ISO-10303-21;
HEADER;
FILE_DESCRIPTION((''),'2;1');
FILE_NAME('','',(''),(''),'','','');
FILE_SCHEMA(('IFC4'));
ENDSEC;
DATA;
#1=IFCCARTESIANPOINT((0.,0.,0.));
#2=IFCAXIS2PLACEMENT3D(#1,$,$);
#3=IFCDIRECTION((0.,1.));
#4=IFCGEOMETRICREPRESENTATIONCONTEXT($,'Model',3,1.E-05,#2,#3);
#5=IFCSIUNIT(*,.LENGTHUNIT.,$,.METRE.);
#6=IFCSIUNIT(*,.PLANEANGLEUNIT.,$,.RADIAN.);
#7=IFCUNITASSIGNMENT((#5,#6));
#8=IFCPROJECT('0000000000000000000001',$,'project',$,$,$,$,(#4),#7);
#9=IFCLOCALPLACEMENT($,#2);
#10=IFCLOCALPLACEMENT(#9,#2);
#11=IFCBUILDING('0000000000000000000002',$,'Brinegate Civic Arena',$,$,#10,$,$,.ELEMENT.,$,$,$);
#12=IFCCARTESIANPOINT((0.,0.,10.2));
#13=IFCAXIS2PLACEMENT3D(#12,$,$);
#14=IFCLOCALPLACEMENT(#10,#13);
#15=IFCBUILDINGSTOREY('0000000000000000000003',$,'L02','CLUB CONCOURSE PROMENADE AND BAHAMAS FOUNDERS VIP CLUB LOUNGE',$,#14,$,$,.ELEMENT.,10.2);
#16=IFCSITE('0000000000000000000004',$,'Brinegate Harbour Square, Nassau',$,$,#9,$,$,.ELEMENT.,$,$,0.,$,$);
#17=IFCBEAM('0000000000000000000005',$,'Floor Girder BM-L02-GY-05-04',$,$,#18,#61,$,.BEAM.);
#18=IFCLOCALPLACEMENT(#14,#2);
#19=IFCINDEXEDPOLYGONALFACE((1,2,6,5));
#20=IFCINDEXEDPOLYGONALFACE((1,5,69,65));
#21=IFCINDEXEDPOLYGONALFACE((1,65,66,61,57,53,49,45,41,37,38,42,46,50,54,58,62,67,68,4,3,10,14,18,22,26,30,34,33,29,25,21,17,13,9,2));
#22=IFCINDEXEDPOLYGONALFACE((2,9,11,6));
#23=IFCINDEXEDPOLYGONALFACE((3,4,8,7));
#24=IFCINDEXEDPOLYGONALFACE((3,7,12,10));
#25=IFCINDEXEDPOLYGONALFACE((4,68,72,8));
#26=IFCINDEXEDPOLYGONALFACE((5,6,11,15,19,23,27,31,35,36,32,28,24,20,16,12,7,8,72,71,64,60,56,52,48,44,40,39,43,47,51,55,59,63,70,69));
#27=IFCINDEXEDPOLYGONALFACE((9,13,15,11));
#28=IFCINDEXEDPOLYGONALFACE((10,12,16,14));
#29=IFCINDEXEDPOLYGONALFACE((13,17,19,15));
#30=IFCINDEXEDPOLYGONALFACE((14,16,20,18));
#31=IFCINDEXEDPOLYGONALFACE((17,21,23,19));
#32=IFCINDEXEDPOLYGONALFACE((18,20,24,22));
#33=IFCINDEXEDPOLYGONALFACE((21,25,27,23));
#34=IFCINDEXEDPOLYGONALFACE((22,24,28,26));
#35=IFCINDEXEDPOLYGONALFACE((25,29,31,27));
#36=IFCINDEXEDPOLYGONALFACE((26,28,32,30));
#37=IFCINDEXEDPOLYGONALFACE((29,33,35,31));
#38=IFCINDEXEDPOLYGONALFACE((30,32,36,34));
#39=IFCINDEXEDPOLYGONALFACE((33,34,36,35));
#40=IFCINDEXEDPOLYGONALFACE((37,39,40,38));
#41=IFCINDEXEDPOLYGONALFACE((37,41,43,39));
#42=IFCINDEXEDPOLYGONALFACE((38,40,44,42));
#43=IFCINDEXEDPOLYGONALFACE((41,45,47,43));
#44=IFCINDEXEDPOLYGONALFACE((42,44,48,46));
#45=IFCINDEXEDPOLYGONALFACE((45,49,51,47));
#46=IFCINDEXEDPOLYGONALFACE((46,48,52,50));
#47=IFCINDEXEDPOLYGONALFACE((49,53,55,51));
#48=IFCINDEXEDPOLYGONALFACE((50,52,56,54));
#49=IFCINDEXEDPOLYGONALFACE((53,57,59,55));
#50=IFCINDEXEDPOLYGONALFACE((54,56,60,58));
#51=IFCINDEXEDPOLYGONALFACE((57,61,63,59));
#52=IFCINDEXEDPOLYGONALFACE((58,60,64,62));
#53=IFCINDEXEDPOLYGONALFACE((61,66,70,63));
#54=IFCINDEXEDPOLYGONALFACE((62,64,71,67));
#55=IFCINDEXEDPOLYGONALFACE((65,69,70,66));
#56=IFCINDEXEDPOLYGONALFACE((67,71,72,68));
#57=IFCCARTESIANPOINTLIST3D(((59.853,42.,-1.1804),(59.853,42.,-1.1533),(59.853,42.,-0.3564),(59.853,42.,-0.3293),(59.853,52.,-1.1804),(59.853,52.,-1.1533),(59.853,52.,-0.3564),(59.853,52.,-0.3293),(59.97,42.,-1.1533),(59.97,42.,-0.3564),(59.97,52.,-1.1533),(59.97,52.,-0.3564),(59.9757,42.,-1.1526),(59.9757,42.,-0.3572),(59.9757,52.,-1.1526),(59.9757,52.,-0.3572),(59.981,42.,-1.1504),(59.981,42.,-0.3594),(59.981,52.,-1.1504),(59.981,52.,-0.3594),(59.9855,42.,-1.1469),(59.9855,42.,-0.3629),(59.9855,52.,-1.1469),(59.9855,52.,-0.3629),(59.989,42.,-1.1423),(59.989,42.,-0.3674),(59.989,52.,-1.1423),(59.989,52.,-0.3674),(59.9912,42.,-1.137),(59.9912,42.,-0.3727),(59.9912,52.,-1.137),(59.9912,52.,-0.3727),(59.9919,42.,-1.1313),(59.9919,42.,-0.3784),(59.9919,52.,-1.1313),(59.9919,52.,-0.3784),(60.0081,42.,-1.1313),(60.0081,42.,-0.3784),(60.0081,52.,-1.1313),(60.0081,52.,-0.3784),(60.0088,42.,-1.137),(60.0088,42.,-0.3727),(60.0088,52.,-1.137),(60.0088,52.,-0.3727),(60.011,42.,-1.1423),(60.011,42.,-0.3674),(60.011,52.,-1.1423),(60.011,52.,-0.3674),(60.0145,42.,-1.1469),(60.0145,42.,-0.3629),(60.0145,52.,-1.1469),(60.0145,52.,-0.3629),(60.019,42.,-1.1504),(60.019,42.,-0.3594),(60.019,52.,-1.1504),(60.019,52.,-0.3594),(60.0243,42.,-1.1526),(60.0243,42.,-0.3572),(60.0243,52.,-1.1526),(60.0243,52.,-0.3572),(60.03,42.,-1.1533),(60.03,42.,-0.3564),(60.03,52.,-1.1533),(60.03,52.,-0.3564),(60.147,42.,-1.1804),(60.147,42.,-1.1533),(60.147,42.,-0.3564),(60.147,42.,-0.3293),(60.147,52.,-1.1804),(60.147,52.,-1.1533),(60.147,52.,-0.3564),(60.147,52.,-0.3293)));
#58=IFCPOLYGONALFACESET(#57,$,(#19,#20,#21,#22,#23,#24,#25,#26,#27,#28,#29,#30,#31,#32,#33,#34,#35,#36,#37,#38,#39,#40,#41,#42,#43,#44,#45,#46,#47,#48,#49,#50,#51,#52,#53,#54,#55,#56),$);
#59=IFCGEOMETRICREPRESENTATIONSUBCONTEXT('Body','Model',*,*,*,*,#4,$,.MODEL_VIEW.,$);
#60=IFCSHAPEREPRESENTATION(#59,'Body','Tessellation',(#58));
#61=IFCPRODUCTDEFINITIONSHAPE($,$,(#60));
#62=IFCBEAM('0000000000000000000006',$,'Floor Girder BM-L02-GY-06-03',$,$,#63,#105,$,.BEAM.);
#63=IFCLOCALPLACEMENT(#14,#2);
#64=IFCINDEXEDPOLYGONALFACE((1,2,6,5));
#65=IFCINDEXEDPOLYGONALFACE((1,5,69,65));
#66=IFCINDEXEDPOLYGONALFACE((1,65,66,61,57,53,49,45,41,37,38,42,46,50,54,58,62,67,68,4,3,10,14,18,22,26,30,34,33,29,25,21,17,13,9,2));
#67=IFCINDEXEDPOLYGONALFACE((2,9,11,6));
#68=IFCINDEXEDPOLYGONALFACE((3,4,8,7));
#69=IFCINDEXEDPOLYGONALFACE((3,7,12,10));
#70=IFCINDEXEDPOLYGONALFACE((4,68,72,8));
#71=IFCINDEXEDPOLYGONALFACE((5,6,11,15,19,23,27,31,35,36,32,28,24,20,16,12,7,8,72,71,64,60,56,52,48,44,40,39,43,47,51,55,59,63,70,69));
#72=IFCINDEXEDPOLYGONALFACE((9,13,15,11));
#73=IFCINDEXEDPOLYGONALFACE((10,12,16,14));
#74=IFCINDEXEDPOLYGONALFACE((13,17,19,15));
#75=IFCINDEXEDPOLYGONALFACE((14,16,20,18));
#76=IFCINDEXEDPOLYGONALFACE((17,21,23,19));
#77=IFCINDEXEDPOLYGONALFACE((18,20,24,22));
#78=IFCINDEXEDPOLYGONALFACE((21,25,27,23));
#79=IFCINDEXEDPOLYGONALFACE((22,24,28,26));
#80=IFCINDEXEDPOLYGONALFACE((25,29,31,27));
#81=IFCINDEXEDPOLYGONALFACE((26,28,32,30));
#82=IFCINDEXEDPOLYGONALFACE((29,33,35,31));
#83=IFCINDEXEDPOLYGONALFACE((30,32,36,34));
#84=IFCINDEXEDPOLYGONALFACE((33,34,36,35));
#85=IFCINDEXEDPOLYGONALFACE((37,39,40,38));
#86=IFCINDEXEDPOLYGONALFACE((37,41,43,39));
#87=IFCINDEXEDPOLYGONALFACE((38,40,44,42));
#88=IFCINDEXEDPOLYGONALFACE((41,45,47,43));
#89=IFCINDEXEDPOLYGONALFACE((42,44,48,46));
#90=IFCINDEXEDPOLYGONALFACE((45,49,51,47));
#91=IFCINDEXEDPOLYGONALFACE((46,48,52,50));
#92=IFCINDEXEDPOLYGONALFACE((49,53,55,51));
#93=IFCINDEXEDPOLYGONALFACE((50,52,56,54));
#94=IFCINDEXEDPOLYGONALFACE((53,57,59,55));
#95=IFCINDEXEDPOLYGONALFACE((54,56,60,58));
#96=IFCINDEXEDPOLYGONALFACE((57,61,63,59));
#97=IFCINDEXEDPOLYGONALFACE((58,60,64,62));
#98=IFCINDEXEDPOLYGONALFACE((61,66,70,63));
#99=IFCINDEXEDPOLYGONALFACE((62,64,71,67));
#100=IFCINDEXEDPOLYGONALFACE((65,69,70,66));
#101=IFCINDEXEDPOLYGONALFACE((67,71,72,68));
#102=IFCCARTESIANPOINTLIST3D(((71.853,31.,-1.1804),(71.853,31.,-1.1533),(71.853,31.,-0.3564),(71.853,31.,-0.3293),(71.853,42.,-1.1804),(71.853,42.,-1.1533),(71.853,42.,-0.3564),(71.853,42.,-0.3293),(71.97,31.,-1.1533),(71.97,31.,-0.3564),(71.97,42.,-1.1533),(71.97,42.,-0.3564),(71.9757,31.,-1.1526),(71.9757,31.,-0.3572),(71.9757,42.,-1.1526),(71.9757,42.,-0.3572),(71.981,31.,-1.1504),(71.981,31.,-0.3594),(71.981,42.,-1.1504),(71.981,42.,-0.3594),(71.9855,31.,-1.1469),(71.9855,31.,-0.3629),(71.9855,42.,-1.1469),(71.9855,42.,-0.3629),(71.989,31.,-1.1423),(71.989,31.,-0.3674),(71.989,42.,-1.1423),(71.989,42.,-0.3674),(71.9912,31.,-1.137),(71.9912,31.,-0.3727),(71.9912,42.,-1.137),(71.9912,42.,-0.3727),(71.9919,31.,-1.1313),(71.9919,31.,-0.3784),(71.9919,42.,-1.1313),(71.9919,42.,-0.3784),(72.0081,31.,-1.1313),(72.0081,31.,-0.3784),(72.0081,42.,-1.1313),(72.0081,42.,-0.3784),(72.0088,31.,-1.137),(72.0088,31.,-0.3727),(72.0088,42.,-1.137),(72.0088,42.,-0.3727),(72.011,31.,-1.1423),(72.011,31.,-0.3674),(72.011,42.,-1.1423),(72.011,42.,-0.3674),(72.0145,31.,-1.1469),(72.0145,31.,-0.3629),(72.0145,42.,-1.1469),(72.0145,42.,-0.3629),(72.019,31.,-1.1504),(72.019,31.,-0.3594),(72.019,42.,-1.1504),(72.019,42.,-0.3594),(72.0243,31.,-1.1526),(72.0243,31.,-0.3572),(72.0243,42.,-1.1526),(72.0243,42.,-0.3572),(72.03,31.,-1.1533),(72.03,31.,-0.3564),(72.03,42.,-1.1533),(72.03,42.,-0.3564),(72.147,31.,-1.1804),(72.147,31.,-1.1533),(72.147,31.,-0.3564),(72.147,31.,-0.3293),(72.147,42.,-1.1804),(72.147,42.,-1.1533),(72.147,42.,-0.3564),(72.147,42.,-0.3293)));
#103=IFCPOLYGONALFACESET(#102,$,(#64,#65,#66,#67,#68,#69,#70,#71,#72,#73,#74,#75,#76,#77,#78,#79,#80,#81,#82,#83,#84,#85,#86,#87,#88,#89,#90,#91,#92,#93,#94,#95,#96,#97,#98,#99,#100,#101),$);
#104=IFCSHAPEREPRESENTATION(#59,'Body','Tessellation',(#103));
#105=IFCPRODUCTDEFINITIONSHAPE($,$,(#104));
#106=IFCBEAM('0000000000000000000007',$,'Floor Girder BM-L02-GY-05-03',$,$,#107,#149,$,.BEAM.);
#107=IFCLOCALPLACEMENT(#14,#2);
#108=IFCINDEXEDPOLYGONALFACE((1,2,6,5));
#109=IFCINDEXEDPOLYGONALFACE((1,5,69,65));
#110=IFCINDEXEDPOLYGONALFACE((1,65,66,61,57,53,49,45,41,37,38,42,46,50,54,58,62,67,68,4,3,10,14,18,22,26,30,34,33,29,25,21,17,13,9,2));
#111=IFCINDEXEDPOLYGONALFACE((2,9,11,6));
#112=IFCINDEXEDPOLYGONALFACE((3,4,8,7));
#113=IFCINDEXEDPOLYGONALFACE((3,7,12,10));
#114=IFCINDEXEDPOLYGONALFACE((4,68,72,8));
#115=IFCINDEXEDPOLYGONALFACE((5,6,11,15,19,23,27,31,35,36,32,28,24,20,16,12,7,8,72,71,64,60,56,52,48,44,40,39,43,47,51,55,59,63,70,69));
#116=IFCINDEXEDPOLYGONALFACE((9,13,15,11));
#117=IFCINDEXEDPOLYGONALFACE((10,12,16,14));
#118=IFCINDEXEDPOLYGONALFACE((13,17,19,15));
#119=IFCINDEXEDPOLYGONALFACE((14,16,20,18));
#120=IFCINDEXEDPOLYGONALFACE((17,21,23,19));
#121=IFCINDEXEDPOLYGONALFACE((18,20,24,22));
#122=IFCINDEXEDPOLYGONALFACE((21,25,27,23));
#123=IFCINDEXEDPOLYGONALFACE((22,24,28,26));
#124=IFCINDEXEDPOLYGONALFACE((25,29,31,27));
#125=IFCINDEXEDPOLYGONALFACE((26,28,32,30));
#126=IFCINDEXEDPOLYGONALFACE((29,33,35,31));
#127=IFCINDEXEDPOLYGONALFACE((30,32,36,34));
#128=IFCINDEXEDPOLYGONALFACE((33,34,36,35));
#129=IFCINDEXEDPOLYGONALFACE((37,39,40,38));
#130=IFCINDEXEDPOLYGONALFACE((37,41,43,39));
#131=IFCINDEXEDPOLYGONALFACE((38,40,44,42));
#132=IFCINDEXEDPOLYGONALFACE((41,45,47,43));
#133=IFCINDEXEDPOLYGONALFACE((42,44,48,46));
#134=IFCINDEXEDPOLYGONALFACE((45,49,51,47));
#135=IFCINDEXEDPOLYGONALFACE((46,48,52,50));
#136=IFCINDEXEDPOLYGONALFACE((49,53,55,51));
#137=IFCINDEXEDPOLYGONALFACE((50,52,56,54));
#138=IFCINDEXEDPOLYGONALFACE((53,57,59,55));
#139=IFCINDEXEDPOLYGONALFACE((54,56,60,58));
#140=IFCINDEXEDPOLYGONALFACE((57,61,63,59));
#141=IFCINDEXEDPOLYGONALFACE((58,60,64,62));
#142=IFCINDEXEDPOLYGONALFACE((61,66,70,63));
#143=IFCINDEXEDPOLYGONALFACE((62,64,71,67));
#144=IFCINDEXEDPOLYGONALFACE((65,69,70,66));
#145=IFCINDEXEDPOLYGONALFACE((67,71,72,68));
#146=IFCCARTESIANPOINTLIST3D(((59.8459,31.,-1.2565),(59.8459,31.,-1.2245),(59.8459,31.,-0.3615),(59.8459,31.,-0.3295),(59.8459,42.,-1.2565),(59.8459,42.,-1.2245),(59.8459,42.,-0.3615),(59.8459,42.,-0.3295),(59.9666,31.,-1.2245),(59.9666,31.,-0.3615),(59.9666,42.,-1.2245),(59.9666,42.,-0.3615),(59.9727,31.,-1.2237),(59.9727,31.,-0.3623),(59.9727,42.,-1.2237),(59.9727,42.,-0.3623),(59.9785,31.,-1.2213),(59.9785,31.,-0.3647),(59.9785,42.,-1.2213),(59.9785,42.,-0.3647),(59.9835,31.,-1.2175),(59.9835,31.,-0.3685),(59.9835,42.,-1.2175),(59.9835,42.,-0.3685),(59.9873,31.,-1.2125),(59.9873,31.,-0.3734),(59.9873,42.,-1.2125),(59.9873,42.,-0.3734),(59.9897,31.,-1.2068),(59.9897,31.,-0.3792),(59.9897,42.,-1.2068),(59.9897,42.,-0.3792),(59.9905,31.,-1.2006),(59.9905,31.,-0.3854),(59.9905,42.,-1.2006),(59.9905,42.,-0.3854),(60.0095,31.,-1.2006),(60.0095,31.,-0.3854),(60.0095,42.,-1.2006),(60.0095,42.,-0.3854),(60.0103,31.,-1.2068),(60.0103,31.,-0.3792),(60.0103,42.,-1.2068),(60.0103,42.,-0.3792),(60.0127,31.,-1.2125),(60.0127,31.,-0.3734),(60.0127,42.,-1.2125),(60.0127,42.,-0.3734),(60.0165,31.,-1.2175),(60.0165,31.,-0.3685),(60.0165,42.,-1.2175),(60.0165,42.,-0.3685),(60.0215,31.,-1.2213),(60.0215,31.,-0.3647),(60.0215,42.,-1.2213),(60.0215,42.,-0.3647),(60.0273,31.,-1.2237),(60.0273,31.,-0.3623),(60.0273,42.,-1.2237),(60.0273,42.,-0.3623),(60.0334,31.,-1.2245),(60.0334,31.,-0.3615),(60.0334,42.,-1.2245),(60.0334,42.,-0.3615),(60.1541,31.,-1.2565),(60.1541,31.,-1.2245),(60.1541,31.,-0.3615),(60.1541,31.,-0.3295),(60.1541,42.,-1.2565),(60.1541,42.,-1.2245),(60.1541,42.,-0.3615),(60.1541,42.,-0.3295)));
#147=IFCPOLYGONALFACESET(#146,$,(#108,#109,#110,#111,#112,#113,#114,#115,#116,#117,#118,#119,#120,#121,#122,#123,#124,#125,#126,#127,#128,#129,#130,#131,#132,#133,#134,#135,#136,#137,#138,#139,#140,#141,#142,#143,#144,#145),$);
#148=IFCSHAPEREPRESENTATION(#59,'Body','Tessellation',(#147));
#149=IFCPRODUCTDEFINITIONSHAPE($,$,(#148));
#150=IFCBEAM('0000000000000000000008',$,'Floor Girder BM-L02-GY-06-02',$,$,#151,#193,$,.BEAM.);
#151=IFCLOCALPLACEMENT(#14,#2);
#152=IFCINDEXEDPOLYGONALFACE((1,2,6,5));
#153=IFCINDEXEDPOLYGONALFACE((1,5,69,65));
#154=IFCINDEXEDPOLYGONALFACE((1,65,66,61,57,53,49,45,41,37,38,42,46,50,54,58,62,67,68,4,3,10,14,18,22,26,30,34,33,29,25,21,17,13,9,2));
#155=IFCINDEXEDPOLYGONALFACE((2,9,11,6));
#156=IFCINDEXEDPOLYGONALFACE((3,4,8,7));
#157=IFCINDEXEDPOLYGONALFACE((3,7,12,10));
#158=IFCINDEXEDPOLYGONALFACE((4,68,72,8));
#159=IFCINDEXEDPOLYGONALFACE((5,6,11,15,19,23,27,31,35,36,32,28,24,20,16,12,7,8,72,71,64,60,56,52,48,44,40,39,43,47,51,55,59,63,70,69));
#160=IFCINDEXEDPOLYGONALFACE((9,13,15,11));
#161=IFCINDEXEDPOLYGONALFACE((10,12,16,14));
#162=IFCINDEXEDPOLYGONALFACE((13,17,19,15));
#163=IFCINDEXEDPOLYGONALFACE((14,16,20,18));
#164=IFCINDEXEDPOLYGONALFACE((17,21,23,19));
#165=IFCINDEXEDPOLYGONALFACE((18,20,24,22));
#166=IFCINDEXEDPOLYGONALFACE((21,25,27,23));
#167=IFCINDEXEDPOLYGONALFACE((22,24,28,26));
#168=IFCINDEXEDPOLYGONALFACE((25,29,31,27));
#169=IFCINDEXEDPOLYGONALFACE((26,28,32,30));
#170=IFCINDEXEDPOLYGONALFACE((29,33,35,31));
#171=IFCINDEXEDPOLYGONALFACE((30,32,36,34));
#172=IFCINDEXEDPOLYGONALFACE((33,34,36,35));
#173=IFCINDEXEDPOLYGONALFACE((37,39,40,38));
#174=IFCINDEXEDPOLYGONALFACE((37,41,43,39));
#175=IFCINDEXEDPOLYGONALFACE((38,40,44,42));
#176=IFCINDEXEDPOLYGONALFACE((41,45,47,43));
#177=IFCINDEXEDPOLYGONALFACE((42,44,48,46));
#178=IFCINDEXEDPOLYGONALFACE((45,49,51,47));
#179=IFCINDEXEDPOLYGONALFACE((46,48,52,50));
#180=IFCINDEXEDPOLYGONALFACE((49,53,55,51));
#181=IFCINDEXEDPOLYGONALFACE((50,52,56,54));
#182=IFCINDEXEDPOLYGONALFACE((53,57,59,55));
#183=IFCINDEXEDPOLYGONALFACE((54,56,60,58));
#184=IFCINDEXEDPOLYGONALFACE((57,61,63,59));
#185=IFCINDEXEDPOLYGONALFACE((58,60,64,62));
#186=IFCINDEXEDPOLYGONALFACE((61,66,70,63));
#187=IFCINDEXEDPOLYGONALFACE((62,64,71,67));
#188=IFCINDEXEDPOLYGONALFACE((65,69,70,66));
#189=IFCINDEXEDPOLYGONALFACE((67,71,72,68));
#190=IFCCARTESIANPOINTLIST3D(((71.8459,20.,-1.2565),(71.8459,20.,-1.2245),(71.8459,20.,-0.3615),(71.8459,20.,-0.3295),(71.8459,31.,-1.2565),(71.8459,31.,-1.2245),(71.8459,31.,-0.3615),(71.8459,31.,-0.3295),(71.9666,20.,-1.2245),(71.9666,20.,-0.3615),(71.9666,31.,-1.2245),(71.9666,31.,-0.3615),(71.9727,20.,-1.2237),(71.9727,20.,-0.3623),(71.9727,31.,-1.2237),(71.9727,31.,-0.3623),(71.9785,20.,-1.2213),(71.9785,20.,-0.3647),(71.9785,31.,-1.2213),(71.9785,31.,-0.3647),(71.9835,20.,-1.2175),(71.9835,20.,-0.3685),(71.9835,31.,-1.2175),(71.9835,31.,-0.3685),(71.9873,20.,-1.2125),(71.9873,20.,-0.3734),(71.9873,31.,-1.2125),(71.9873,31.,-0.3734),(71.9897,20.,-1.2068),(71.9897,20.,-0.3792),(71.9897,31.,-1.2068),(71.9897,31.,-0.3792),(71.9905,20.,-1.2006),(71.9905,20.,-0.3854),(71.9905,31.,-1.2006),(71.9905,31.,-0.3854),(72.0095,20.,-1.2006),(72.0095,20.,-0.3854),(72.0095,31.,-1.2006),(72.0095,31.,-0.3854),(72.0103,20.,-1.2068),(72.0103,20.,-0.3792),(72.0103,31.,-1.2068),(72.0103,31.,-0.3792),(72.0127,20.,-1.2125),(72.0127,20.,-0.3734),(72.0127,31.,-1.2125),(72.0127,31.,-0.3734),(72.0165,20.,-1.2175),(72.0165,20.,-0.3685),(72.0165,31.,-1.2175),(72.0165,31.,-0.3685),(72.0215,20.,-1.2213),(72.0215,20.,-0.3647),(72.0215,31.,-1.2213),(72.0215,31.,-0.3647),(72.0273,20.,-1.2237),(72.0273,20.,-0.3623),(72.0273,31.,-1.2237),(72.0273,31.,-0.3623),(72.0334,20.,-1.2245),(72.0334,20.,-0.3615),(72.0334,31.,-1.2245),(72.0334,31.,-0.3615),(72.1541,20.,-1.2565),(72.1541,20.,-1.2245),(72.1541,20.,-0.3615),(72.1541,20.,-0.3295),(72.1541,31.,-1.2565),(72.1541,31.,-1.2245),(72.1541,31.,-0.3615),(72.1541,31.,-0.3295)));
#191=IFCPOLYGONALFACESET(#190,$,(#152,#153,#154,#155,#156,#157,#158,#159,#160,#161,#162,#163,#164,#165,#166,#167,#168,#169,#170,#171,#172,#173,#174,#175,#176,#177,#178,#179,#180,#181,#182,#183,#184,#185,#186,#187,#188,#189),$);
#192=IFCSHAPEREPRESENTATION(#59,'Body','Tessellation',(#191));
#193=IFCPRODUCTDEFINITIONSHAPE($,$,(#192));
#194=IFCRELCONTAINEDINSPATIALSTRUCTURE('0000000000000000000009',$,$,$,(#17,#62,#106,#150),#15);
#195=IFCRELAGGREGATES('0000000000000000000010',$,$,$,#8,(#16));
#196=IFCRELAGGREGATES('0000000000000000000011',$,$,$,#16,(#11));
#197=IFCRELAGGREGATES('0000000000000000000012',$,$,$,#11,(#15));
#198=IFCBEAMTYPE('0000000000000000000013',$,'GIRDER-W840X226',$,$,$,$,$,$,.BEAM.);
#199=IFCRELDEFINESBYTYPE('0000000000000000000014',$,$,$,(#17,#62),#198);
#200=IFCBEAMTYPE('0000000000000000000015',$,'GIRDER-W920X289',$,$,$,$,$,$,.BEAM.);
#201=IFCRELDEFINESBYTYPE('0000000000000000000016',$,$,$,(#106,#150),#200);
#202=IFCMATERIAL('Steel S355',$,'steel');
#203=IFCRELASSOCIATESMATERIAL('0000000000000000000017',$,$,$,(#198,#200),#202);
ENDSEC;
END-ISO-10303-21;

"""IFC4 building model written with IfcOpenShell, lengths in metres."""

from ifc_helpers import new_model, si_unit, direction, frame, origin, origin_2d, place, context, subcontext, project, spatial, i_section, extrude, material, material_profile, profile_set, type_object, element, save


model = new_model("IFC4")

# Units and contexts
model_context = context("Model", 3, precision=1e-05, world=origin(), true_north=direction((0.0, 1.0)))
body_context = subcontext(model_context, "Body", "Model", "MODEL_VIEW")
ifc_project = project(units=[si_unit("LENGTHUNIT", "METRE"), si_unit("PLANEANGLEUNIT", "RADIAN")], contexts=[model_context])

# Site, building, storey
site_placement = place(None, origin())
site = spatial("IfcSite", under=ifc_project, at=site_placement, Name="Brinegate Harbour Square, Nassau", CompositionType="ELEMENT", RefElevation=0.0)
building_placement = place(site_placement, origin())
building = spatial("IfcBuilding", under=site, at=building_placement, Name="Brinegate Civic Arena", CompositionType="ELEMENT")
storey_placement = place(building_placement, frame((0.0, 0.0, 10.2)))
storey = spatial("IfcBuildingStorey", under=building, at=storey_placement, Name="L02", Description="CLUB CONCOURSE PROMENADE AND BAHAMAS FOUNDERS VIP CLUB LOUNGE", CompositionType="ELEMENT", Elevation=10.2)

# Beams
ifc_material_1 = material(Name="Steel S355", Category="steel")
ifc_material_profile_1 = material_profile(ifc_material_1, i_section(OverallWidth=0.2939, OverallDepth=0.8511, WebThickness=0.0161, FlangeThickness=0.0271, FilletRadius=0.022, at=origin_2d()), Name="W840X226")
ifc_profile_set_1 = profile_set([ifc_material_profile_1], Name="Steel S355")
beam_type_1 = type_object("IfcBeamType", Name="GIRDER-W840X226", PredefinedType="BEAM", material=ifc_profile_set_1)
beam_1_placement = place(storey_placement, frame((60.0, 42.0, -0.7549), z_axis=(0.0, 1.0, 0.0), x_axis=(-1.0, 0.0, 0.0)))
element("IfcBeam", 1, at=beam_1_placement, inside=storey, type_object=beam_type_1, Name="Floor Girder BM-L02-GY-05-04", PredefinedType="BEAM", context=body_context, shape_type="SweptSolid", body=[
    extrude(i_section(OverallWidth=0.2939, OverallDepth=0.8511, WebThickness=0.0161, FlangeThickness=0.0271, FilletRadius=0.022, at=origin_2d()), origin(), (0.0, 0.0, 1.0), 10.0),
])
beam_2_placement = place(storey_placement, frame((72.0, 31.0, -0.7549), z_axis=(0.0, 1.0, 0.0), x_axis=(-1.0, 0.0, 0.0)))
element("IfcBeam", 2, at=beam_2_placement, inside=storey, type_object=beam_type_1, Name="Floor Girder BM-L02-GY-06-03", PredefinedType="BEAM", context=body_context, shape_type="SweptSolid", body=[
    extrude(i_section(OverallWidth=0.2939, OverallDepth=0.8511, WebThickness=0.0161, FlangeThickness=0.0271, FilletRadius=0.022, at=origin_2d()), origin(), (0.0, 0.0, 1.0), 11.0),
])
ifc_material_profile_2 = material_profile(ifc_material_1, i_section(OverallWidth=0.3081, OverallDepth=0.927, WebThickness=0.019, FlangeThickness=0.032, FilletRadius=0.0239, at=origin_2d()), Name="W920X289")
ifc_profile_set_2 = profile_set([ifc_material_profile_2], Name="Steel S355")
beam_type_2 = type_object("IfcBeamType", Name="GIRDER-W920X289", PredefinedType="BEAM", material=ifc_profile_set_2)
for number, where, z_axis, x_axis, name in (
    (3, (60.0, 31.0, -0.793), (0.0, 1.0, 0.0), (-1.0, 0.0, 0.0), "Floor Girder BM-L02-GY-05-03"),
    (4, (72.0, 20.0, -0.793), (0.0, 1.0, 0.0), (-1.0, 0.0, 0.0), "Floor Girder BM-L02-GY-06-02"),
):
    element("IfcBeam", number, at=place(storey_placement, frame(where, z_axis=z_axis, x_axis=x_axis)), inside=storey, type_object=beam_type_2, Name=name, PredefinedType="BEAM", context=body_context, shape_type="SweptSolid", body=[
        extrude(i_section(OverallWidth=0.3081, OverallDepth=0.927, WebThickness=0.019, FlangeThickness=0.032, FilletRadius=0.0239, at=origin_2d()), origin(), (0.0, 0.0, 1.0), 11.0),
    ])

save(model, "model.ifc")
